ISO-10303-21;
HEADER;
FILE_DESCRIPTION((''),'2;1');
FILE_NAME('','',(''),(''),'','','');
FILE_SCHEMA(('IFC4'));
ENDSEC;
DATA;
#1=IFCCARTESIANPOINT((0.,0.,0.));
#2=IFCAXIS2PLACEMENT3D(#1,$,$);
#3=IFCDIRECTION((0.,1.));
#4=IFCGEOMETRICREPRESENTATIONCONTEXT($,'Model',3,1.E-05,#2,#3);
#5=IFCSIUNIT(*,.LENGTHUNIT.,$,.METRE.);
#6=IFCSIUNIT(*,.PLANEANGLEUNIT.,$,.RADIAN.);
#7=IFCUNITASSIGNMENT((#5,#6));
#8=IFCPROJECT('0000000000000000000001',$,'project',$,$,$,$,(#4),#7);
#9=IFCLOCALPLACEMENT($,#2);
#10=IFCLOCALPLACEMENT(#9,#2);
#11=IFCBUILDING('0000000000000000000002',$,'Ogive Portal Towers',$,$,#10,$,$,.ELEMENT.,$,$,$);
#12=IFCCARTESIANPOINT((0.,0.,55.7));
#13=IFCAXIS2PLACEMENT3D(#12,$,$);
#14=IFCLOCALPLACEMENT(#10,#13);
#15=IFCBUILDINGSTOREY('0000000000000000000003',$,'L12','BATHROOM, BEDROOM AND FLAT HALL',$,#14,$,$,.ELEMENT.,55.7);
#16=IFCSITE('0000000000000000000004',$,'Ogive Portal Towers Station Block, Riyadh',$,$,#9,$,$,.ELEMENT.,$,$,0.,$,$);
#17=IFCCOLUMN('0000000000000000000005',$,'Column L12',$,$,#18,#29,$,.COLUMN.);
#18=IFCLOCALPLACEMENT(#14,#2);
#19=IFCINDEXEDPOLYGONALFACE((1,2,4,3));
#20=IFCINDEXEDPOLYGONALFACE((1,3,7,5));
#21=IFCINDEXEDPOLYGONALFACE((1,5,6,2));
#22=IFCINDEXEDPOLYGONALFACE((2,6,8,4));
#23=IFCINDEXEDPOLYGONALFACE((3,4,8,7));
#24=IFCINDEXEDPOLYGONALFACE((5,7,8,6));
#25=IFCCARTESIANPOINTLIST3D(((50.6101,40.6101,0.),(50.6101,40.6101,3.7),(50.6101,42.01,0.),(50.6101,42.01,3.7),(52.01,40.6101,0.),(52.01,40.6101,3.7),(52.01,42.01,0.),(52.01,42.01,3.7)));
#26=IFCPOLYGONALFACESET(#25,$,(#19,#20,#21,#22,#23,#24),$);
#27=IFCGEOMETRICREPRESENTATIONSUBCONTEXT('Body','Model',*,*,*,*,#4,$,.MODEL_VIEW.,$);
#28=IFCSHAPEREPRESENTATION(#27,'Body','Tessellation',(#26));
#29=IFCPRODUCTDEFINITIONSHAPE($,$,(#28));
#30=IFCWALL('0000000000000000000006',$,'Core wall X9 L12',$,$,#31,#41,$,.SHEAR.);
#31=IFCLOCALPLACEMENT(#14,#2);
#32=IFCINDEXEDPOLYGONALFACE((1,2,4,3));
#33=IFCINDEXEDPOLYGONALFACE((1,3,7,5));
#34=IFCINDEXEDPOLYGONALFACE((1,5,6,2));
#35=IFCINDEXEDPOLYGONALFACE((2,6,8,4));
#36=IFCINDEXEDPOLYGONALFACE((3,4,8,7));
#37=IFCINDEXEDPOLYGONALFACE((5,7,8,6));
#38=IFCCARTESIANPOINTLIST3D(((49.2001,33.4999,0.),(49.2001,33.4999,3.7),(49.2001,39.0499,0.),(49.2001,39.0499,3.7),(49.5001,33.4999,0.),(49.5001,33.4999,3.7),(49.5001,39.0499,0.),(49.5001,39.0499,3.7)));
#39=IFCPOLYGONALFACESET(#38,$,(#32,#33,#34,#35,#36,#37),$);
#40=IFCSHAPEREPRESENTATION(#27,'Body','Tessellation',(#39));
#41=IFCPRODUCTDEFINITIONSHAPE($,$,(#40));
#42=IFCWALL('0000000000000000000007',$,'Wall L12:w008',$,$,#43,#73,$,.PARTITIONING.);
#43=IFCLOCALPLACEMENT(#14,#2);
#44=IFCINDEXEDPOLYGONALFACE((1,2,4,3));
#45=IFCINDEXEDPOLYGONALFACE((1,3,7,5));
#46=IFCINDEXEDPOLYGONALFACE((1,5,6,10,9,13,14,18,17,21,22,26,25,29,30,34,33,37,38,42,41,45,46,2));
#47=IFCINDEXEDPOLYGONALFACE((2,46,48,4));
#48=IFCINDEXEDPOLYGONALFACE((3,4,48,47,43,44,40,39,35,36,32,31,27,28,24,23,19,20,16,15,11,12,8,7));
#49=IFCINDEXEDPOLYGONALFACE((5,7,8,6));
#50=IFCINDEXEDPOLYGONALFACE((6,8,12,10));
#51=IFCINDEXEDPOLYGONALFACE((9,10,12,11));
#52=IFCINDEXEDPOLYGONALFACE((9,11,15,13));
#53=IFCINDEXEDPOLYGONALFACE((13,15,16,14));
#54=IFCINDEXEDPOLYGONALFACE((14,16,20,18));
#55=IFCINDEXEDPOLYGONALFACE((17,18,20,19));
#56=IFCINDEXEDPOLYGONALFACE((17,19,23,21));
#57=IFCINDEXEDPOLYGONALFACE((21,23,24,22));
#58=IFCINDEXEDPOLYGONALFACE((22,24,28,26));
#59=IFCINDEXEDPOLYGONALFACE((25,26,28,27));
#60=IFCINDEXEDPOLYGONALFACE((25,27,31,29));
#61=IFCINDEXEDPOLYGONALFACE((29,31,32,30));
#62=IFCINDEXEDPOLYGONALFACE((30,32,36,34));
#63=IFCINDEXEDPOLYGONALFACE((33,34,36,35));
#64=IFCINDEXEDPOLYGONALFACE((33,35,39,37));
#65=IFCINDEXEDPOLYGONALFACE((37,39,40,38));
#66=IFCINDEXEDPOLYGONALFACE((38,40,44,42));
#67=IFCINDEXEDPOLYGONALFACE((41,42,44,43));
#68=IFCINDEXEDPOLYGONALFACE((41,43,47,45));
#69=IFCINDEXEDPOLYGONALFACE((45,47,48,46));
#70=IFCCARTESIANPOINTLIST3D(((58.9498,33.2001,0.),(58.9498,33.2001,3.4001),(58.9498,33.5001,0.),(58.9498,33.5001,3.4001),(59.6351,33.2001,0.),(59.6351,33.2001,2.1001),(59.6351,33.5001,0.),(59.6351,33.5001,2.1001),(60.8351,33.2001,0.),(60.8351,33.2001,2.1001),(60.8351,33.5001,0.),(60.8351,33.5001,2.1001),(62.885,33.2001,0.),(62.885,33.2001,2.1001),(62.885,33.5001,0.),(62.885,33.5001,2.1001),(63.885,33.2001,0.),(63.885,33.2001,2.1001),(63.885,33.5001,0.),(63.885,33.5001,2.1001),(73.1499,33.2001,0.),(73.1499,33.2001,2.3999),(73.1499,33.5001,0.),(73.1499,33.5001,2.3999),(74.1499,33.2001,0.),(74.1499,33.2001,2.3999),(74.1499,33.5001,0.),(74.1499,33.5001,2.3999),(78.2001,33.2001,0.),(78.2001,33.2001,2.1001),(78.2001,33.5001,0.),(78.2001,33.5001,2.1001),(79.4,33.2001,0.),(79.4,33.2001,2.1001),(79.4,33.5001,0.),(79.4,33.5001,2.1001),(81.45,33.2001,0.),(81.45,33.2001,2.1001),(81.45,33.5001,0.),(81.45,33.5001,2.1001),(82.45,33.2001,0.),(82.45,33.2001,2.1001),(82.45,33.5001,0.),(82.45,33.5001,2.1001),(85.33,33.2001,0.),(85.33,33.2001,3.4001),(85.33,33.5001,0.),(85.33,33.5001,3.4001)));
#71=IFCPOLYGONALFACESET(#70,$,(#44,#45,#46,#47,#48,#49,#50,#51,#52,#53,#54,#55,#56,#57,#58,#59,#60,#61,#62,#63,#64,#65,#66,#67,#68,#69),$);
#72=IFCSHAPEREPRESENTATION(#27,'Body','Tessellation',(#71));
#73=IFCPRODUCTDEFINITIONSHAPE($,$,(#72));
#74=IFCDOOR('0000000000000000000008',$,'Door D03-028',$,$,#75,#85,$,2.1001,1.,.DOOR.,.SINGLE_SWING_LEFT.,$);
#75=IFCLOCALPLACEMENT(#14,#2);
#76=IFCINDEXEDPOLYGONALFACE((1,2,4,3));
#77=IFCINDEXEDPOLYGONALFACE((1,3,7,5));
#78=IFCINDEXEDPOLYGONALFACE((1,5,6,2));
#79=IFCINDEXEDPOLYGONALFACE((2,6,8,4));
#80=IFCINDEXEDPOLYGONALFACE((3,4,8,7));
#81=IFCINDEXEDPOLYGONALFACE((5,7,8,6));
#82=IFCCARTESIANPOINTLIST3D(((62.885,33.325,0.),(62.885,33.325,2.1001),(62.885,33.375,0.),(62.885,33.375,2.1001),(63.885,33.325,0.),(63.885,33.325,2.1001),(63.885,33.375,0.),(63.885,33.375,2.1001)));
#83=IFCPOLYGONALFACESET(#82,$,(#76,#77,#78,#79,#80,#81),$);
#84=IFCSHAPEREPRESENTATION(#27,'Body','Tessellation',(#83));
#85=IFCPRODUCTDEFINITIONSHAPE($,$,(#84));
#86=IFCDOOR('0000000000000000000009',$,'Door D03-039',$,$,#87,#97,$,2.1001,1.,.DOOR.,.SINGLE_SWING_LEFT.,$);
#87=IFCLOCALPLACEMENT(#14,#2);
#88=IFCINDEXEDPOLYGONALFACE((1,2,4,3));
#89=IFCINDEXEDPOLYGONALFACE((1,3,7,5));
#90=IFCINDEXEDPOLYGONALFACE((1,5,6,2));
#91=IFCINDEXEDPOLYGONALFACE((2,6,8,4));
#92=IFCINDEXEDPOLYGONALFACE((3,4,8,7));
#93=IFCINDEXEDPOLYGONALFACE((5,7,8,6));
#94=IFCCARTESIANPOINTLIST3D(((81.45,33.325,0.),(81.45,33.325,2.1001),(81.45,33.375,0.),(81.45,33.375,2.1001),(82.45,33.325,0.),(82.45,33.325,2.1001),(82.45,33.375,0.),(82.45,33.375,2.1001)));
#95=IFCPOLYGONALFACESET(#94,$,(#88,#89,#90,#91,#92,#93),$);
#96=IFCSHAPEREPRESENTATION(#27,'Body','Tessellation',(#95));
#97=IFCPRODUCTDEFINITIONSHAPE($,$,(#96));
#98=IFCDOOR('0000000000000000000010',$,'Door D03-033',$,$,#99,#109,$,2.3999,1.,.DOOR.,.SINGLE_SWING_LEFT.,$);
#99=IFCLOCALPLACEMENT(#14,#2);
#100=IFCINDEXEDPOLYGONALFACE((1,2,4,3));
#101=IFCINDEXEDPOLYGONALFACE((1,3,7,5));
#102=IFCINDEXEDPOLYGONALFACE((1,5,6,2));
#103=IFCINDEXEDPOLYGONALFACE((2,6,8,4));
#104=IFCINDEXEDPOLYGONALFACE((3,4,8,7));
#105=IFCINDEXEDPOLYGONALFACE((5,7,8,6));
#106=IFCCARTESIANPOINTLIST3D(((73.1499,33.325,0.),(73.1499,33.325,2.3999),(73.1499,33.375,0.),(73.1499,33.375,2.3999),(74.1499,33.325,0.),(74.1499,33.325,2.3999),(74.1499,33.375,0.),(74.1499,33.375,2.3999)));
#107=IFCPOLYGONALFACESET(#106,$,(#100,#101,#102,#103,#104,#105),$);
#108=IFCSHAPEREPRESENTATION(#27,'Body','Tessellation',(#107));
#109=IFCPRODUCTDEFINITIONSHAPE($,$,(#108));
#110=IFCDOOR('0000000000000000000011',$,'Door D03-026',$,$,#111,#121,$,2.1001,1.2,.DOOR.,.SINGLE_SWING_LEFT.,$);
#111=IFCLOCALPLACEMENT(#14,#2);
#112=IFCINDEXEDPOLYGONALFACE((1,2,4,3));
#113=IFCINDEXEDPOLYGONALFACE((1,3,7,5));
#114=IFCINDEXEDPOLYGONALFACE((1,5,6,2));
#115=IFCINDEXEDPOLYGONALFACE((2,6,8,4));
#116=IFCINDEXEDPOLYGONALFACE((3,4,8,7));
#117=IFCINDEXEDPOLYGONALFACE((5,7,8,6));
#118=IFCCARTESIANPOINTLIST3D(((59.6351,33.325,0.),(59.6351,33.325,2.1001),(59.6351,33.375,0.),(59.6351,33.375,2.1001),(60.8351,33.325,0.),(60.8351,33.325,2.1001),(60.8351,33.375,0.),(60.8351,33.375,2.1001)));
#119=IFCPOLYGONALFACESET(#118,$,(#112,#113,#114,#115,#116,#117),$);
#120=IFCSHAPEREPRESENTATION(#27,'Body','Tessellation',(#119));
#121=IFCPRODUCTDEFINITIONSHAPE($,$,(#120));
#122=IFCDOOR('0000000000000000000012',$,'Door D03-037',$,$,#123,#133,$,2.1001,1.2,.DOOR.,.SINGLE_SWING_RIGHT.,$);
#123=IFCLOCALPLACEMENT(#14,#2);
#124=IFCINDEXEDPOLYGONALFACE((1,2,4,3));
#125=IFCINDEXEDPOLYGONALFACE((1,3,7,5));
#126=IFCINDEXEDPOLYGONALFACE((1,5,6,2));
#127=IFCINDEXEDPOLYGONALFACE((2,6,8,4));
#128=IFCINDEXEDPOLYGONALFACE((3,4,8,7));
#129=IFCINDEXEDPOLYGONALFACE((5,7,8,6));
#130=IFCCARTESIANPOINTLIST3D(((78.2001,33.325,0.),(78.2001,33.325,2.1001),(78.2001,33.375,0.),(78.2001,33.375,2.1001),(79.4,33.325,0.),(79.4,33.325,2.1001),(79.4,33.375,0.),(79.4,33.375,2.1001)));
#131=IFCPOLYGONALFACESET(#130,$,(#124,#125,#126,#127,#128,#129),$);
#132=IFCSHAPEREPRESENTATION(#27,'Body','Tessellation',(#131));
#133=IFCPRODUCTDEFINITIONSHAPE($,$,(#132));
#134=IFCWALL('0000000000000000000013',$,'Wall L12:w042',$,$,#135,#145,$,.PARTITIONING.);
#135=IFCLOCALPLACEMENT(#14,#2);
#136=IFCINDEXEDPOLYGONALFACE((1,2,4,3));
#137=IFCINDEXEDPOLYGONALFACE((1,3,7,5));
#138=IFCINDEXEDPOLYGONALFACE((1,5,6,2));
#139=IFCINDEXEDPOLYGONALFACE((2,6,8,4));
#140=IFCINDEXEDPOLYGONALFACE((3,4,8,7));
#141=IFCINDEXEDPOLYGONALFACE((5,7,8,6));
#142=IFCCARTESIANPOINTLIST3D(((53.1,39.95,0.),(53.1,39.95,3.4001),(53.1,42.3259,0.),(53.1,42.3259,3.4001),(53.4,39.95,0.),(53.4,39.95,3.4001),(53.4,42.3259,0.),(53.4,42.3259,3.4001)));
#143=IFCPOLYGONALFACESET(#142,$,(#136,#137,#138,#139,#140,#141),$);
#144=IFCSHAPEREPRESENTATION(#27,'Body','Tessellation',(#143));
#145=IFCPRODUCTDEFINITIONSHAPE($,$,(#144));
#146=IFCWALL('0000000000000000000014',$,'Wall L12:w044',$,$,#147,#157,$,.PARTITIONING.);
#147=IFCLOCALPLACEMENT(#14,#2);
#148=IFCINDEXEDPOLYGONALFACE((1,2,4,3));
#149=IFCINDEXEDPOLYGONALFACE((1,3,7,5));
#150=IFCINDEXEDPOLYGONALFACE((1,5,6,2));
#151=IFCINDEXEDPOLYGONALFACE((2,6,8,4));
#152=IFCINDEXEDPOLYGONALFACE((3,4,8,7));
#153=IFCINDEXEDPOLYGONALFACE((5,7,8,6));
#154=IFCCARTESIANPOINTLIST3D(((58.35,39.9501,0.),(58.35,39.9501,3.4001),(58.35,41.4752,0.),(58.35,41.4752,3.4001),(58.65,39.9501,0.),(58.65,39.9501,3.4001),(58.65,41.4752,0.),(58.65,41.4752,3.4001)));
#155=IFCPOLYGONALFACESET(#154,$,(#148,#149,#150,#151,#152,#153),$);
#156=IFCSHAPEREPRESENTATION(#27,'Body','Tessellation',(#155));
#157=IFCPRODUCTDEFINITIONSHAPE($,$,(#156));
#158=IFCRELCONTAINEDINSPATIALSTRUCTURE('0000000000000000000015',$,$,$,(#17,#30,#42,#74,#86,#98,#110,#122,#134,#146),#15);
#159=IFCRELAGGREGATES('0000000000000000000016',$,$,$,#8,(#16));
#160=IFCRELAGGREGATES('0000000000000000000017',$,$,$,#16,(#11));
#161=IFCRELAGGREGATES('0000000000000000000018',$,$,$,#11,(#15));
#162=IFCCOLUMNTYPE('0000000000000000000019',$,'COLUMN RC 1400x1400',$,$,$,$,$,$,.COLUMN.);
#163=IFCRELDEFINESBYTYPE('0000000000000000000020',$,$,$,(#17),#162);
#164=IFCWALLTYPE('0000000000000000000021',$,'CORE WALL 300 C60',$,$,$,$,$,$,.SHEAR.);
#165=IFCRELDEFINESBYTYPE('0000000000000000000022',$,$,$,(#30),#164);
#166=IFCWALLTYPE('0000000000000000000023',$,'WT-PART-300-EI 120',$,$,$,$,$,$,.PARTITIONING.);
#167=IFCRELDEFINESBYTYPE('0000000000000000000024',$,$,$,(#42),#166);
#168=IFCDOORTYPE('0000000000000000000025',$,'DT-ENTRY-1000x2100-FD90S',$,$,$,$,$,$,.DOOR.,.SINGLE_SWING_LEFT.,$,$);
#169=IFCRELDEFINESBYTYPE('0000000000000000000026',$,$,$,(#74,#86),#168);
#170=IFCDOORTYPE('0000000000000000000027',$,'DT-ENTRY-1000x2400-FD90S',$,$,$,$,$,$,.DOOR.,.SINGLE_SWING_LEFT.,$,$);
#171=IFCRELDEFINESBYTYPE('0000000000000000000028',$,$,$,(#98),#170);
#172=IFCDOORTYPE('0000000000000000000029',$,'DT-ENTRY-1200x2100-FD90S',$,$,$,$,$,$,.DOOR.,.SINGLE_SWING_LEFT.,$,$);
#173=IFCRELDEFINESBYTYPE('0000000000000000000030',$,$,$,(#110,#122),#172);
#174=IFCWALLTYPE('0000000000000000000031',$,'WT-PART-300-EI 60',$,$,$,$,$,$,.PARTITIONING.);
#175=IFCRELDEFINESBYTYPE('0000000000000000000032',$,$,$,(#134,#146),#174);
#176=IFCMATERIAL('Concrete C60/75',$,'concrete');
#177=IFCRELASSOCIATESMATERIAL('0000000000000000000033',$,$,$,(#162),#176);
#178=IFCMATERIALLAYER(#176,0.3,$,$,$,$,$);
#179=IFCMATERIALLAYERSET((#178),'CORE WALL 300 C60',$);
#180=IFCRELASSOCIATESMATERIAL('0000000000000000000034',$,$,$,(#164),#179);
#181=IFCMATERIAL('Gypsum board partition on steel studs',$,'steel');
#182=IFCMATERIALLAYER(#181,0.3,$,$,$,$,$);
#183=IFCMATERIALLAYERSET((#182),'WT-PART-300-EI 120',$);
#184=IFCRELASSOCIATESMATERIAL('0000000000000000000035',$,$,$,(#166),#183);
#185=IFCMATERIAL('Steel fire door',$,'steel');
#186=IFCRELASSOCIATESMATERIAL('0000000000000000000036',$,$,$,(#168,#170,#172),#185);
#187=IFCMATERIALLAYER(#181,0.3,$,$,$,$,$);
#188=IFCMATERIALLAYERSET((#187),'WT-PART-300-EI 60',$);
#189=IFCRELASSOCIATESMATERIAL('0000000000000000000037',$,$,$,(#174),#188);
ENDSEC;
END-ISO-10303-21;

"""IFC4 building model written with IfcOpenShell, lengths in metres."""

from ifc_helpers import new_model, si_unit, direction, frame, frame_2d, origin, origin_2d, place, context, subcontext, project, spatial, rectangle, extrude, material, layer, layer_set, material_profile, profile_set, type_object, element, fill, save


model = new_model("IFC4")

# Units and contexts
model_context = context("Model", 3, precision=1e-05, world=origin(), true_north=direction((0.0, 1.0)))
body_context = subcontext(model_context, "Body", "Model", "MODEL_VIEW")
ifc_project = project(units=[si_unit("LENGTHUNIT", "METRE"), si_unit("PLANEANGLEUNIT", "RADIAN")], contexts=[model_context])

# Site, building, storey
site_placement = place(None, origin())
site = spatial("IfcSite", under=ifc_project, at=site_placement, Name="Ogive Portal Towers Station Block, Riyadh", CompositionType="ELEMENT", RefElevation=0.0)
building_placement = place(site_placement, origin())
building = spatial("IfcBuilding", under=site, at=building_placement, Name="Ogive Portal Towers", CompositionType="ELEMENT")
storey_placement = place(building_placement, frame((0.0, 0.0, 55.7)))
storey = spatial("IfcBuildingStorey", under=building, at=storey_placement, Name="L12", Description="BATHROOM, BEDROOM AND FLAT HALL", CompositionType="ELEMENT", Elevation=55.7)

# Column
ifc_material_1 = material(Name="Concrete C60/75", Category="concrete")
ifc_material_profile = material_profile(ifc_material_1, rectangle(XDim=1.3999, YDim=1.3999, at=origin_2d()), Name="RC 1400x1400")
ifc_profile_set = profile_set([ifc_material_profile], Name="Concrete C60/75")
column_type = type_object("IfcColumnType", Name="COLUMN RC 1400x1400", PredefinedType="COLUMN", material=ifc_profile_set)
column_placement = place(storey_placement, frame((51.3101, 41.3101, 0.0), z_axis=(0.0, 0.0, 1.0), x_axis=(1.0, 0.0, 0.0)))
element("IfcColumn", 1, at=column_placement, inside=storey, type_object=column_type, Name="Column L12", PredefinedType="COLUMN", context=body_context, shape_type="SweptSolid", body=[
    extrude(rectangle(XDim=1.3999, YDim=1.3999, at=origin_2d()), origin(), (0.0, 0.0, 1.0), 3.7),
])

# Wall
ifc_layer_1 = layer(ifc_material_1, 0.3)
ifc_layer_set_1 = layer_set([ifc_layer_1], Name="CORE WALL 300 C60")
wall_type_1 = type_object("IfcWallType", Name="CORE WALL 300 C60", PredefinedType="SHEAR", material=ifc_layer_set_1)
wall_1_placement = place(storey_placement, frame((49.3501, 33.5, 0.0), z_axis=(0.0, 0.0, 1.0), x_axis=(0.0, 1.0, 0.0)))
element("IfcWall", 2, at=wall_1_placement, inside=storey, type_object=wall_type_1, Name="Core wall X9 L12", PredefinedType="SHEAR", context=body_context, shape_type="SweptSolid", body=[
    extrude(rectangle(XDim=5.55, YDim=0.3, at=frame_2d((2.7749, 0.0))), origin(), (0.0, 0.0, 1.0), 3.7),
])

# Wall, openings, doors
ifc_material_2 = material(Name="Gypsum board partition on steel studs", Category="steel")
ifc_layer_2 = layer(ifc_material_2, 0.3)
ifc_layer_set_2 = layer_set([ifc_layer_2], Name="WT-PART-300-EI 120")
wall_type_2 = type_object("IfcWallType", Name="WT-PART-300-EI 120", PredefinedType="PARTITIONING", material=ifc_layer_set_2)
wall_2_placement = place(storey_placement, frame((58.95, 33.3501, 0.0), z_axis=(0.0, 0.0, 1.0), x_axis=(1.0, 0.0, 0.0)))
wall_2 = element("IfcWall", 3, at=wall_2_placement, inside=storey, type_object=wall_type_2, Name="Wall L12:w008", PredefinedType="PARTITIONING", context=body_context, shape_type="SweptSolid", body=[
    extrude(rectangle(XDim=26.3801, YDim=0.3, at=frame_2d((13.1899, 0.0))), origin(), (0.0, 0.0, 1.0), 3.4001),
])
opening_1_placement = place(wall_2_placement, frame((0.6851, 0.0, 0.0)))
opening_1 = element("IfcOpeningElement", 4, at=opening_1_placement, cuts=wall_2, PredefinedType="OPENING", context=body_context, shape_type="SweptSolid", body=[
    extrude(rectangle(XDim=1.2, YDim=2.1001, at=frame_2d((0.6001, 1.05))), frame((0.0, 0.1602, 0.0), z_axis=(0.0, -1.0, 0.0), x_axis=(1.0, 0.0, 0.0)), (0.0, 0.0, 1.0), 0.3201),
])
opening_2_placement = place(wall_2_placement, frame((3.9351, 0.0, 0.0)))
opening_2 = element("IfcOpeningElement", 5, at=opening_2_placement, cuts=wall_2, PredefinedType="OPENING", context=body_context, shape_type="SweptSolid", body=[
    extrude(rectangle(XDim=1.0, YDim=2.1001, at=frame_2d((0.5, 1.05))), frame((0.0, 0.1602, 0.0), z_axis=(0.0, -1.0, 0.0), x_axis=(1.0, 0.0, 0.0)), (0.0, 0.0, 1.0), 0.3201),
])
opening_3_placement = place(wall_2_placement, frame((14.2, 0.0, 0.0)))
opening_3 = element("IfcOpeningElement", 6, at=opening_3_placement, cuts=wall_2, PredefinedType="OPENING", context=body_context, shape_type="SweptSolid", body=[
    extrude(rectangle(XDim=1.0, YDim=2.3999, at=frame_2d((0.5, 1.2))), frame((0.0, 0.1602, 0.0), z_axis=(0.0, -1.0, 0.0), x_axis=(1.0, 0.0, 0.0)), (0.0, 0.0, 1.0), 0.3201),
])
opening_4_placement = place(wall_2_placement, frame((19.25, 0.0, 0.0)))
opening_4 = element("IfcOpeningElement", 7, at=opening_4_placement, cuts=wall_2, PredefinedType="OPENING", context=body_context, shape_type="SweptSolid", body=[
    extrude(rectangle(XDim=1.2, YDim=2.1001, at=frame_2d((0.6001, 1.05))), frame((0.0, 0.1602, 0.0), z_axis=(0.0, -1.0, 0.0), x_axis=(1.0, 0.0, 0.0)), (0.0, 0.0, 1.0), 0.3201),
])
opening_5_placement = place(wall_2_placement, frame((22.5, 0.0, 0.0)))
opening_5 = element("IfcOpeningElement", 8, at=opening_5_placement, cuts=wall_2, PredefinedType="OPENING", context=body_context, shape_type="SweptSolid", body=[
    extrude(rectangle(XDim=1.0, YDim=2.1001, at=frame_2d((0.5, 1.05))), frame((0.0, 0.1602, 0.0), z_axis=(0.0, -1.0, 0.0), x_axis=(1.0, 0.0, 0.0)), (0.0, 0.0, 1.0), 0.3201),
])
ifc_material_3 = material(Name="Steel fire door", Category="steel")
door_type_1 = type_object("IfcDoorType", Name="DT-ENTRY-1000x2100-FD90S", OperationType="SINGLE_SWING_LEFT", PredefinedType="DOOR", material=ifc_material_3)
door_1_placement = place(opening_2_placement, origin())
door_1 = element("IfcDoor", 9, at=door_1_placement, inside=storey, type_object=door_type_1, Name="Door D03-028", OperationType="SINGLE_SWING_LEFT", OverallHeight=2.1001, OverallWidth=1.0, PredefinedType="DOOR", context=body_context, shape_type="SweptSolid", body=[
    extrude(rectangle(XDim=1.0, YDim=2.1001, at=frame_2d((0.5, 1.05))), frame((0.0, 0.0249, 0.0), z_axis=(0.0, -1.0, 0.0), x_axis=(1.0, 0.0, 0.0)), (0.0, 0.0, 1.0), 0.05),
])
fill(opening_2, door_1)
door_2_placement = place(opening_5_placement, origin())
door_2 = element("IfcDoor", 10, at=door_2_placement, inside=storey, type_object=door_type_1, Name="Door D03-039", OperationType="SINGLE_SWING_LEFT", OverallHeight=2.1001, OverallWidth=1.0, PredefinedType="DOOR", context=body_context, shape_type="SweptSolid", body=[
    extrude(rectangle(XDim=1.0, YDim=2.1001, at=frame_2d((0.5, 1.05))), frame((0.0, 0.0249, 0.0), z_axis=(0.0, -1.0, 0.0), x_axis=(1.0, 0.0, 0.0)), (0.0, 0.0, 1.0), 0.05),
])
fill(opening_5, door_2)
door_type_2 = type_object("IfcDoorType", Name="DT-ENTRY-1000x2400-FD90S", OperationType="SINGLE_SWING_LEFT", PredefinedType="DOOR", material=ifc_material_3)
door_3_placement = place(opening_3_placement, origin())
door_3 = element("IfcDoor", 11, at=door_3_placement, inside=storey, type_object=door_type_2, Name="Door D03-033", OperationType="SINGLE_SWING_LEFT", OverallHeight=2.3999, OverallWidth=1.0, PredefinedType="DOOR", context=body_context, shape_type="SweptSolid", body=[
    extrude(rectangle(XDim=1.0, YDim=2.3999, at=frame_2d((0.5, 1.2))), frame((0.0, 0.0249, 0.0), z_axis=(0.0, -1.0, 0.0), x_axis=(1.0, 0.0, 0.0)), (0.0, 0.0, 1.0), 0.05),
])
fill(opening_3, door_3)
door_type_3 = type_object("IfcDoorType", Name="DT-ENTRY-1200x2100-FD90S", OperationType="SINGLE_SWING_LEFT", PredefinedType="DOOR", material=ifc_material_3)
door_4_placement = place(opening_1_placement, origin())
door_4 = element("IfcDoor", 12, at=door_4_placement, inside=storey, type_object=door_type_3, Name="Door D03-026", OperationType="SINGLE_SWING_LEFT", OverallHeight=2.1001, OverallWidth=1.2, PredefinedType="DOOR", context=body_context, shape_type="SweptSolid", body=[
    extrude(rectangle(XDim=1.2, YDim=2.1001, at=frame_2d((0.6001, 1.05))), frame((0.0, 0.0249, 0.0), z_axis=(0.0, -1.0, 0.0), x_axis=(1.0, 0.0, 0.0)), (0.0, 0.0, 1.0), 0.05),
])
fill(opening_1, door_4)
door_5_placement = place(opening_4_placement, origin())
door_5 = element("IfcDoor", 13, at=door_5_placement, inside=storey, type_object=door_type_3, Name="Door D03-037", OperationType="SINGLE_SWING_RIGHT", OverallHeight=2.1001, OverallWidth=1.2, PredefinedType="DOOR", context=body_context, shape_type="SweptSolid", body=[
    extrude(rectangle(XDim=1.2, YDim=2.1001, at=frame_2d((0.6001, 1.05))), frame((0.0, 0.0249, 0.0), z_axis=(0.0, -1.0, 0.0), x_axis=(1.0, 0.0, 0.0)), (0.0, 0.0, 1.0), 0.05),
])
fill(opening_4, door_5)

# Walls
ifc_layer_3 = layer(ifc_material_2, 0.3)
ifc_layer_set_3 = layer_set([ifc_layer_3], Name="WT-PART-300-EI 60")
wall_type_3 = type_object("IfcWallType", Name="WT-PART-300-EI 60", PredefinedType="PARTITIONING", material=ifc_layer_set_3)
wall_3_placement = place(storey_placement, frame((53.25, 39.95, 0.0), z_axis=(0.0, 0.0, 1.0), x_axis=(0.0, 1.0, 0.0)))
element("IfcWall", 14, at=wall_3_placement, inside=storey, type_object=wall_type_3, Name="Wall L12:w042", PredefinedType="PARTITIONING", context=body_context, shape_type="SweptSolid", body=[
    extrude(rectangle(XDim=2.376, YDim=0.3, at=frame_2d((1.188, 0.0))), origin(), (0.0, 0.0, 1.0), 3.4001),
])
wall_4_placement = place(storey_placement, frame((58.5, 39.95, 0.0), z_axis=(0.0, 0.0, 1.0), x_axis=(0.0, 1.0, 0.0)))
element("IfcWall", 15, at=wall_4_placement, inside=storey, type_object=wall_type_3, Name="Wall L12:w044", PredefinedType="PARTITIONING", context=body_context, shape_type="SweptSolid", body=[
    extrude(rectangle(XDim=1.5251, YDim=0.3, at=frame_2d((0.7627, 0.0))), origin(), (0.0, 0.0, 1.0), 3.4001),
])

save(model, "model.ifc")
